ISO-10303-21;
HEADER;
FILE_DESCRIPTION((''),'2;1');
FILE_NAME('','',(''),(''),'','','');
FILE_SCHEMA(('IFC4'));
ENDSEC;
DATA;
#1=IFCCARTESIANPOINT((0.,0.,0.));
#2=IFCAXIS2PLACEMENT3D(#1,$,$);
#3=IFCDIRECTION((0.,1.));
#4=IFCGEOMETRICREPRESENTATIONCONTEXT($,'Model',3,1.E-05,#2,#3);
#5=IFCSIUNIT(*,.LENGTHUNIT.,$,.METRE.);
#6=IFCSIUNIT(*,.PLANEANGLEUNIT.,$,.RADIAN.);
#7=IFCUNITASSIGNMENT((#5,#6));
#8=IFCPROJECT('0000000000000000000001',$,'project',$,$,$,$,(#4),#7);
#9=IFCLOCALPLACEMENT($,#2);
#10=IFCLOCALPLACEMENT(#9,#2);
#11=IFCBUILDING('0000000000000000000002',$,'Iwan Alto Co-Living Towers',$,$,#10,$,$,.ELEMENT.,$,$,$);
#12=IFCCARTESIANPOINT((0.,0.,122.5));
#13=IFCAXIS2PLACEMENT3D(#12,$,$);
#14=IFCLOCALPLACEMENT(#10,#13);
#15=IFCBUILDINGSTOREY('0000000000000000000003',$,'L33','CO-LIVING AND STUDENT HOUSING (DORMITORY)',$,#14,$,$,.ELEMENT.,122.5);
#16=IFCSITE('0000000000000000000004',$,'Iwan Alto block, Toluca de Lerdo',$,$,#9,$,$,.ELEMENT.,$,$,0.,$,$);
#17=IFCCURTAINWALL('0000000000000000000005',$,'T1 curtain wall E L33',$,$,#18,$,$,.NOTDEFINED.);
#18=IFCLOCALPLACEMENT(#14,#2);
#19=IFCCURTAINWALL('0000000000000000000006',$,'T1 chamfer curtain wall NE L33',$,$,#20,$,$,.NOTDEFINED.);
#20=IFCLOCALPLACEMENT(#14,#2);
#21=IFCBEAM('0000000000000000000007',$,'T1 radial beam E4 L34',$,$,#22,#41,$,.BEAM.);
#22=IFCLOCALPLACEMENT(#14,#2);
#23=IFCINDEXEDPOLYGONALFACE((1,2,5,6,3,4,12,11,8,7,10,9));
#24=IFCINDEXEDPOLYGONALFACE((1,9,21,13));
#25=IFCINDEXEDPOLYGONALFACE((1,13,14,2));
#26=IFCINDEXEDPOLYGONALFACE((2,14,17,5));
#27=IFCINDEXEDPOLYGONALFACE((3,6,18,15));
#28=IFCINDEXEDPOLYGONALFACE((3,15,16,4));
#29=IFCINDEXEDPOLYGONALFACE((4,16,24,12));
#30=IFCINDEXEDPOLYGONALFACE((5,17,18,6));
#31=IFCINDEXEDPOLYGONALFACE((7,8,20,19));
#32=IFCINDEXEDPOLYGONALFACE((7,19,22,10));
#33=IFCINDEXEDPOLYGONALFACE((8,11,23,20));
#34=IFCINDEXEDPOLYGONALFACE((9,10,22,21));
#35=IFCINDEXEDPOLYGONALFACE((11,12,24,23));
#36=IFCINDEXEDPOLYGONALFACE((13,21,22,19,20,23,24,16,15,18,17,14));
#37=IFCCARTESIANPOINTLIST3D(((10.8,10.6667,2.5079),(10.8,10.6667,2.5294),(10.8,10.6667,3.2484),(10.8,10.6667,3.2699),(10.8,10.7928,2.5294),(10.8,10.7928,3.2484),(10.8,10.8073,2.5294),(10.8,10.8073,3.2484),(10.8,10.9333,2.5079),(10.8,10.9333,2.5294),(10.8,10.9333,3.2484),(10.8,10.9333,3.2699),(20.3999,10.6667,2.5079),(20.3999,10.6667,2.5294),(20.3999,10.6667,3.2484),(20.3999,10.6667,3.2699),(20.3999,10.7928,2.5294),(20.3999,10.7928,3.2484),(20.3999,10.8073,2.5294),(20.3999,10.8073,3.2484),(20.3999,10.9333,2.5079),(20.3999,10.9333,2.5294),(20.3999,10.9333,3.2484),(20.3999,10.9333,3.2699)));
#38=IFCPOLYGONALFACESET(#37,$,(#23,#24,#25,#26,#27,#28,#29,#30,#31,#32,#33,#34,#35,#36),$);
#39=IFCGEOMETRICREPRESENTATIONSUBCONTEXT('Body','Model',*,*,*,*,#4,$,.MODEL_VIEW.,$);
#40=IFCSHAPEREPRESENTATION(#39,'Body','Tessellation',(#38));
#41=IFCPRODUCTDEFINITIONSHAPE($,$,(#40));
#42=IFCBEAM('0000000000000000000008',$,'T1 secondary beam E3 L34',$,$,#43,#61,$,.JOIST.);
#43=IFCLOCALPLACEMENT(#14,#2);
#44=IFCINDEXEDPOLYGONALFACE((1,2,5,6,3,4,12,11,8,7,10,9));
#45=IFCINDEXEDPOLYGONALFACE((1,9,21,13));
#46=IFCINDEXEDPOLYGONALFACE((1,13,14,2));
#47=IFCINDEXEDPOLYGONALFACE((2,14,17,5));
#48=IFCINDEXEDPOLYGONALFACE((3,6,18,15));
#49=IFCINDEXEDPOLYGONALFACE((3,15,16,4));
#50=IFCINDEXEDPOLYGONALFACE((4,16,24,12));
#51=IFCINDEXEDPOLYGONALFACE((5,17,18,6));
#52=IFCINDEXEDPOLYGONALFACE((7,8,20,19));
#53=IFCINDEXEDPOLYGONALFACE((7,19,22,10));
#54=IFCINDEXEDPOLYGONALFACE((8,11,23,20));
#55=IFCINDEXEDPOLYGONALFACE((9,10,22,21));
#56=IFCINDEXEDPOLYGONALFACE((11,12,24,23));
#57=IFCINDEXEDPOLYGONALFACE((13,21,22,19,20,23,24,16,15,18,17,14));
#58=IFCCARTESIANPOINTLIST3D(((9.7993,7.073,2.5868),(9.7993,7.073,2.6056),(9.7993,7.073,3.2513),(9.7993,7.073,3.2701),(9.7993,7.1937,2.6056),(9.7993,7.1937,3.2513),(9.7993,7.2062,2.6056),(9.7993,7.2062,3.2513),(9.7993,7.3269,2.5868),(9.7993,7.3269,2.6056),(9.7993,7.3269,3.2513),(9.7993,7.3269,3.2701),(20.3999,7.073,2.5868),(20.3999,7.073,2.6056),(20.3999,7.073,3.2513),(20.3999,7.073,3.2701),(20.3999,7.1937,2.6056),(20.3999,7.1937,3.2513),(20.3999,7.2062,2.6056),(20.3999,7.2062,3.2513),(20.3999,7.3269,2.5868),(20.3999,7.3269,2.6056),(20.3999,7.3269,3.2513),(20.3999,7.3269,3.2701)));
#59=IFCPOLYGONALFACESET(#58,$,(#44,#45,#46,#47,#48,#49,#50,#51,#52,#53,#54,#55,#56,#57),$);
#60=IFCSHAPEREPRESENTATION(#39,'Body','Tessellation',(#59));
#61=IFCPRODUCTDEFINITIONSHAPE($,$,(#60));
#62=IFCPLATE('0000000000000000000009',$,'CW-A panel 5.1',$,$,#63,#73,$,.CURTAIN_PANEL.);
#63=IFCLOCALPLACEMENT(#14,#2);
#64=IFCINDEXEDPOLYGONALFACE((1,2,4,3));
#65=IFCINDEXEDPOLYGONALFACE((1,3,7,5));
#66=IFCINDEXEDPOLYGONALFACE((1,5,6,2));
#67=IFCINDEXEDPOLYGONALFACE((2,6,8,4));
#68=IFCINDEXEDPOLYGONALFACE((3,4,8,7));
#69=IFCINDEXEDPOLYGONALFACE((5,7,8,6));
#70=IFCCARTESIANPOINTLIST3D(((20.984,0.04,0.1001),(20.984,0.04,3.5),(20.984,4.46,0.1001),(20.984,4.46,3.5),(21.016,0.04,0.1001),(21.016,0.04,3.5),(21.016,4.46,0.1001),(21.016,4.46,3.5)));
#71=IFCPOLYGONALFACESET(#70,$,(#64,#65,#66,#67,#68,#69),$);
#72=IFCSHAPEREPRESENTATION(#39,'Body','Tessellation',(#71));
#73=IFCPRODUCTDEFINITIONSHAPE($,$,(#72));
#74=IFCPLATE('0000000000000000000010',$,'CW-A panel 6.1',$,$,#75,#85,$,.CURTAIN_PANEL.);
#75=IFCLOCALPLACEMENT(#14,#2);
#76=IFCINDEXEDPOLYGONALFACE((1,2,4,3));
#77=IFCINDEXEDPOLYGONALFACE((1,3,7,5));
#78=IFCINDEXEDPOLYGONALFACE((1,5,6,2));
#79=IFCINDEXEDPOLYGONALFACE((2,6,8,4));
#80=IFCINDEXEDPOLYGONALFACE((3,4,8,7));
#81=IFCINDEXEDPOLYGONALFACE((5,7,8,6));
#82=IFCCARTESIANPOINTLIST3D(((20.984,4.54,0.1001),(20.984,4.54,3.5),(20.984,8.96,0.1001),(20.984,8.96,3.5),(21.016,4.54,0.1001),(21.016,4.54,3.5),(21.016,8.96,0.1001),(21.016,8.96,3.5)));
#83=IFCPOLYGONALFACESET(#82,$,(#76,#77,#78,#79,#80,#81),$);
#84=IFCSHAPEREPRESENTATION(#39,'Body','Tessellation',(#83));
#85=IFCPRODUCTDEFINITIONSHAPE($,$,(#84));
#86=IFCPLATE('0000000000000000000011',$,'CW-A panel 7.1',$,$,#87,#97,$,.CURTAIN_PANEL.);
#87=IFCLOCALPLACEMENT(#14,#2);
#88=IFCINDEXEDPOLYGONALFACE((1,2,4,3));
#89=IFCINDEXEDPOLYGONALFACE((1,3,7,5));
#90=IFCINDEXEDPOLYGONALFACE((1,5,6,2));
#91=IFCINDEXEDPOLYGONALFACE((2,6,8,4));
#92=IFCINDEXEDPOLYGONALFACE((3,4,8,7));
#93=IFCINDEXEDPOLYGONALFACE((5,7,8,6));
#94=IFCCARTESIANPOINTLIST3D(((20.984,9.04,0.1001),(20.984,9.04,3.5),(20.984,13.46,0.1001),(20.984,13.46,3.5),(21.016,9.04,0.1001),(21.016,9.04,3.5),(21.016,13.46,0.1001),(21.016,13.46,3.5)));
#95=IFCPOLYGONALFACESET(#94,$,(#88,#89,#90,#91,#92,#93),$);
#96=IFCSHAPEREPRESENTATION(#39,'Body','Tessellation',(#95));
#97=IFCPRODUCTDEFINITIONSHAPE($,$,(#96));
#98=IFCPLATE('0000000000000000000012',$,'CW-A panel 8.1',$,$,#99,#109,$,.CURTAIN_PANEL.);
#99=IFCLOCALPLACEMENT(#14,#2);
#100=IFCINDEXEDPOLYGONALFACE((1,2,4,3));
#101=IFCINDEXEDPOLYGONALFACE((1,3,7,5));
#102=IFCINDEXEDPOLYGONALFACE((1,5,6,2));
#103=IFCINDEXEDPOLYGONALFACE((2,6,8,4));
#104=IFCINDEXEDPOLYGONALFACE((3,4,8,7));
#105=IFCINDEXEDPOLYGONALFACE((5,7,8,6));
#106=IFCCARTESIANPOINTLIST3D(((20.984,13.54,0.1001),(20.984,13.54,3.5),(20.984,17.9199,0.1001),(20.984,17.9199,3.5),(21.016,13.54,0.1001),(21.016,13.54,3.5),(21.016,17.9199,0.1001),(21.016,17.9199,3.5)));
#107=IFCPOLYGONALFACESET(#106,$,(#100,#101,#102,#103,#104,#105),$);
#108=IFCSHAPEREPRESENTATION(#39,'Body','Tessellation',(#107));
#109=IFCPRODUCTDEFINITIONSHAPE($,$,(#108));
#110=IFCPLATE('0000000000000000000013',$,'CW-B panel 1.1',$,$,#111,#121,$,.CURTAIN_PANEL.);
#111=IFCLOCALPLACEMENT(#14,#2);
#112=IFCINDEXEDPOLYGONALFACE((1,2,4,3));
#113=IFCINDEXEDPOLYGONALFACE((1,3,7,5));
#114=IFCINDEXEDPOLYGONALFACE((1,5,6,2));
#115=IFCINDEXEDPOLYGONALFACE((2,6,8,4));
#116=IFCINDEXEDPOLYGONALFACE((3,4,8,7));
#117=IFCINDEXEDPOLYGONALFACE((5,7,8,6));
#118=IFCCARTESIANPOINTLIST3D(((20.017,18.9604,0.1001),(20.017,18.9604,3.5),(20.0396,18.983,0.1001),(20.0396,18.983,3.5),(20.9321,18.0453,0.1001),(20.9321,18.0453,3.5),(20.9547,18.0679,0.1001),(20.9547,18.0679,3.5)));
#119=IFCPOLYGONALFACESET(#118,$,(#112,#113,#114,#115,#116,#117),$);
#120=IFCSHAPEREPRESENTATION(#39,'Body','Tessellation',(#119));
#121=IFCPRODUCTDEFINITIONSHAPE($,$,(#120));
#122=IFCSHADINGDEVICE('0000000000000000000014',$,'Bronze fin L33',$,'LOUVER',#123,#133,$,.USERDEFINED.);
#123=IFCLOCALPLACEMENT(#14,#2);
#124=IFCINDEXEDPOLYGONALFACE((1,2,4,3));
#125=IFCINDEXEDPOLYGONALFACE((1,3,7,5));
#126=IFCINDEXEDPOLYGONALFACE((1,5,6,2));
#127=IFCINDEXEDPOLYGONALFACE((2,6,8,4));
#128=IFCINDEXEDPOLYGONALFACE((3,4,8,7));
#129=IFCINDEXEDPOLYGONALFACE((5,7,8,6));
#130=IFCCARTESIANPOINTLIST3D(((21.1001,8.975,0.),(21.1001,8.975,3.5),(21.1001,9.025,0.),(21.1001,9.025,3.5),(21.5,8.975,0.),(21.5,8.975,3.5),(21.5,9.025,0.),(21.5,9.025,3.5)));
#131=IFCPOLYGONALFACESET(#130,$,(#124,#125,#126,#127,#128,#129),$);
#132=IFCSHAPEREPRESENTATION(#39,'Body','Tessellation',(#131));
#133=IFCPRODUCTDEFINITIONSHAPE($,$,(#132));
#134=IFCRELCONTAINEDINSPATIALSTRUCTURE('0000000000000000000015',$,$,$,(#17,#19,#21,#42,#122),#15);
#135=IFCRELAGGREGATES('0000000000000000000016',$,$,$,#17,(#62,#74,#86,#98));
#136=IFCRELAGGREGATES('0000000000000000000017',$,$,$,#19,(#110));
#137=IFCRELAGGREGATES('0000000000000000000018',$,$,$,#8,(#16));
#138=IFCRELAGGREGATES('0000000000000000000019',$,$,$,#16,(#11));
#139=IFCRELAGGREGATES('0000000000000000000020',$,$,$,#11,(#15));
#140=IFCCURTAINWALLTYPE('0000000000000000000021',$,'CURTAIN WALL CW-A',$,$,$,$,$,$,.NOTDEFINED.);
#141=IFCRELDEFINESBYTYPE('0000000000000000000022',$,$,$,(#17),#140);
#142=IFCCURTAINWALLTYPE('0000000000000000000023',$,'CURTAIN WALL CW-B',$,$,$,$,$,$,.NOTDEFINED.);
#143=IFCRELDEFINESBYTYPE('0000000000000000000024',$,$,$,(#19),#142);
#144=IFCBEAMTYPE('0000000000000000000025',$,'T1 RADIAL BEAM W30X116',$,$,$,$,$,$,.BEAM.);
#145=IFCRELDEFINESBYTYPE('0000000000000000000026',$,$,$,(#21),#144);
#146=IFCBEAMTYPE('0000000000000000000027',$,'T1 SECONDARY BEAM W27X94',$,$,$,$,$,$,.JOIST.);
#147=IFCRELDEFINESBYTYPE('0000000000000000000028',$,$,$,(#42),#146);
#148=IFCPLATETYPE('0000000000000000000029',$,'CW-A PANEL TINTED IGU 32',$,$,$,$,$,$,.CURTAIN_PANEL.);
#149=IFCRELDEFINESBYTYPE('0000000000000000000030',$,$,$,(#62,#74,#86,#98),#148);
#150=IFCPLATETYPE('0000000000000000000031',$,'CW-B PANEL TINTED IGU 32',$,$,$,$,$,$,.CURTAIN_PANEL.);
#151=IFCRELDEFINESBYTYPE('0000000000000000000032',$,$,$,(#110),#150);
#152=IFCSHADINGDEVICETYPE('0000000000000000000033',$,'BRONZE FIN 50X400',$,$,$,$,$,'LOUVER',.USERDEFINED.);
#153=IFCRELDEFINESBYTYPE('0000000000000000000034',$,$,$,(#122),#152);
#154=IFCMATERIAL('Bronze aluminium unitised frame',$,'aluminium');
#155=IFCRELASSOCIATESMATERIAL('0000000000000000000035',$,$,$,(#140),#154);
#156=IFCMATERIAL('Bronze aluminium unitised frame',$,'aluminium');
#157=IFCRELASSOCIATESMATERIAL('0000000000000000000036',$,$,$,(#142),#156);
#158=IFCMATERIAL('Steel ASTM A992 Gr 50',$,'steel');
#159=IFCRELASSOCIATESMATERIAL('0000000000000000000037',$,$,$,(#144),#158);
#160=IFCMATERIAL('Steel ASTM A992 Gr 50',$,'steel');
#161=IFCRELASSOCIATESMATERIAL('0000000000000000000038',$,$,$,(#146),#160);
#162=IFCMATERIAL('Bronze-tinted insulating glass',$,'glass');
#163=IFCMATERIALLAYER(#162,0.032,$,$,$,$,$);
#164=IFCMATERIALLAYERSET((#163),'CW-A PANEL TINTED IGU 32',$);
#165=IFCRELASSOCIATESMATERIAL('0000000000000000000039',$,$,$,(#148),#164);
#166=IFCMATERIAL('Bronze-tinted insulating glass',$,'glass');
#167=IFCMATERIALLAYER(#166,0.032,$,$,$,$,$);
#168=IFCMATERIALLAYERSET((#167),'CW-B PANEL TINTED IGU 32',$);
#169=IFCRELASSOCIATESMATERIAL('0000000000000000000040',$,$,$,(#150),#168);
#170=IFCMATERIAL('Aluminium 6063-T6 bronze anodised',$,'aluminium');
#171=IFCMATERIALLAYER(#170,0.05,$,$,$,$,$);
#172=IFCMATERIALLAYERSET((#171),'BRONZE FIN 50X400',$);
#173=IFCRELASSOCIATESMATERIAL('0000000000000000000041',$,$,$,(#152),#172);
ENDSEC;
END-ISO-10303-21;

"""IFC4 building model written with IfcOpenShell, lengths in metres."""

from ifc_helpers import new_model, si_unit, direction, frame, origin, origin_2d, place, context, subcontext, project, spatial, rectangle, i_section, extrude, material, layer, layer_set, material_profile, profile_set, type_object, element, aggregate, save


model = new_model("IFC4")

# Units and contexts
model_context = context("Model", 3, precision=1e-05, world=origin(), true_north=direction((0.0, 1.0)))
body_context = subcontext(model_context, "Body", "Model", "MODEL_VIEW")
ifc_project = project(units=[si_unit("LENGTHUNIT", "METRE"), si_unit("PLANEANGLEUNIT", "RADIAN")], contexts=[model_context])

# Site, building, storey
site_placement = place(None, origin())
site = spatial("IfcSite", under=ifc_project, at=site_placement, Name="Iwan Alto block, Toluca de Lerdo", CompositionType="ELEMENT", RefElevation=0.0)
building_placement = place(site_placement, origin())
building = spatial("IfcBuilding", under=site, at=building_placement, Name="Iwan Alto Co-Living Towers", CompositionType="ELEMENT")
storey_placement = place(building_placement, frame((0.0, 0.0, 122.5)))
storey = spatial("IfcBuildingStorey", under=building, at=storey_placement, Name="L33", Description="CO-LIVING AND STUDENT HOUSING (DORMITORY)", CompositionType="ELEMENT", Elevation=122.5)

# Curtain walls
ifc_material_1 = material(Name="Bronze aluminium unitised frame", Category="aluminium")
curtain_wall_type_1 = type_object("IfcCurtainWallType", Name="CURTAIN WALL CW-A", PredefinedType="NOTDEFINED", material=ifc_material_1)
curtain_wall_1_placement = place(storey_placement, origin())
curtain_wall_1 = element("IfcCurtainWall", 1, at=curtain_wall_1_placement, inside=storey, type_object=curtain_wall_type_1, Name="T1 curtain wall E L33", PredefinedType="NOTDEFINED")
ifc_material_2 = material(Name="Bronze aluminium unitised frame", Category="aluminium")
curtain_wall_type_2 = type_object("IfcCurtainWallType", Name="CURTAIN WALL CW-B", PredefinedType="NOTDEFINED", material=ifc_material_2)
curtain_wall_2_placement = place(storey_placement, origin())
curtain_wall_2 = element("IfcCurtainWall", 2, at=curtain_wall_2_placement, inside=storey, type_object=curtain_wall_type_2, Name="T1 chamfer curtain wall NE L33", PredefinedType="NOTDEFINED")

# Beams
ifc_material_3 = material(Name="Steel ASTM A992 Gr 50", Category="steel")
ifc_material_profile_1 = material_profile(ifc_material_3, i_section(OverallWidth=0.2666, OverallDepth=0.762, WebThickness=0.0144, FlangeThickness=0.0215, at=origin_2d()), Name="W30X116")
ifc_profile_set_1 = profile_set([ifc_material_profile_1], Name="Steel ASTM A992 Gr 50")
beam_type_1 = type_object("IfcBeamType", Name="T1 RADIAL BEAM W30X116", PredefinedType="BEAM", material=ifc_profile_set_1)
beam_1_placement = place(storey_placement, frame((20.3999, 10.8, 2.8889), z_axis=(-1.0, 0.0, 0.0), x_axis=(0.0, -1.0, 0.0)))
element("IfcBeam", 3, at=beam_1_placement, inside=storey, type_object=beam_type_1, Name="T1 radial beam E4 L34", PredefinedType="BEAM", context=body_context, shape_type="SweptSolid", body=[
    extrude(i_section(OverallWidth=0.2666, OverallDepth=0.762, WebThickness=0.0144, FlangeThickness=0.0215, at=origin_2d()), origin(), (0.0, 0.0, 1.0), 9.5999),
])
ifc_material_4 = material(Name="Steel ASTM A992 Gr 50", Category="steel")
ifc_material_profile_2 = material_profile(ifc_material_4, i_section(OverallWidth=0.2539, OverallDepth=0.6833, WebThickness=0.0125, FlangeThickness=0.0188, at=origin_2d()), Name="W27X94")
ifc_profile_set_2 = profile_set([ifc_material_profile_2], Name="Steel ASTM A992 Gr 50")
beam_type_2 = type_object("IfcBeamType", Name="T1 SECONDARY BEAM W27X94", PredefinedType="JOIST", material=ifc_profile_set_2)
beam_2_placement = place(storey_placement, frame((20.3999, 7.2, 2.9285), z_axis=(-1.0, 0.0, 0.0), x_axis=(0.0, -1.0, 0.0)))
element("IfcBeam", 4, at=beam_2_placement, inside=storey, type_object=beam_type_2, Name="T1 secondary beam E3 L34", PredefinedType="JOIST", context=body_context, shape_type="SweptSolid", body=[
    extrude(i_section(OverallWidth=0.2539, OverallDepth=0.6833, WebThickness=0.0125, FlangeThickness=0.0188, at=origin_2d()), origin(), (0.0, 0.0, 1.0), 10.6006),
])

# Plates
ifc_material_5 = material(Name="Bronze-tinted insulating glass", Category="glass")
ifc_layer_1 = layer(ifc_material_5, 0.032)
ifc_layer_set_1 = layer_set([ifc_layer_1], Name="CW-A PANEL TINTED IGU 32")
plate_type_1 = type_object("IfcPlateType", Name="CW-A PANEL TINTED IGU 32", PredefinedType="CURTAIN_PANEL", material=ifc_layer_set_1)
plate_1_placement = place(storey_placement, frame((21.0, 2.25, 0.1001), z_axis=(0.0, 0.0, 1.0), x_axis=(0.0, 1.0, 0.0)))
plate_1 = element("IfcPlate", 5, at=plate_1_placement, type_object=plate_type_1, Name="CW-A panel 5.1", PredefinedType="CURTAIN_PANEL", context=body_context, shape_type="SweptSolid", body=[
    extrude(rectangle(XDim=4.4199, YDim=0.032, at=origin_2d()), origin(), (0.0, 0.0, 1.0), 3.3999),
])
plate_2_placement = place(storey_placement, frame((21.0, 6.75, 0.1001), z_axis=(0.0, 0.0, 1.0), x_axis=(0.0, 1.0, 0.0)))
plate_2 = element("IfcPlate", 6, at=plate_2_placement, type_object=plate_type_1, Name="CW-A panel 6.1", PredefinedType="CURTAIN_PANEL", context=body_context, shape_type="SweptSolid", body=[
    extrude(rectangle(XDim=4.4199, YDim=0.032, at=origin_2d()), origin(), (0.0, 0.0, 1.0), 3.3999),
])
plate_3_placement = place(storey_placement, frame((21.0, 11.25, 0.1001), z_axis=(0.0, 0.0, 1.0), x_axis=(0.0, 1.0, 0.0)))
plate_3 = element("IfcPlate", 7, at=plate_3_placement, type_object=plate_type_1, Name="CW-A panel 7.1", PredefinedType="CURTAIN_PANEL", context=body_context, shape_type="SweptSolid", body=[
    extrude(rectangle(XDim=4.4199, YDim=0.032, at=origin_2d()), origin(), (0.0, 0.0, 1.0), 3.3999),
])
plate_4_placement = place(storey_placement, frame((21.0, 15.73, 0.1001), z_axis=(0.0, 0.0, 1.0), x_axis=(0.0, 1.0, 0.0)))
plate_4 = element("IfcPlate", 8, at=plate_4_placement, type_object=plate_type_1, Name="CW-A panel 8.1", PredefinedType="CURTAIN_PANEL", context=body_context, shape_type="SweptSolid", body=[
    extrude(rectangle(XDim=4.3799, YDim=0.032, at=origin_2d()), origin(), (0.0, 0.0, 1.0), 3.3999),
])
aggregate(curtain_wall_1, [plate_1, plate_2, plate_3, plate_4])
ifc_material_6 = material(Name="Bronze-tinted insulating glass", Category="glass")
ifc_layer_2 = layer(ifc_material_6, 0.032)
ifc_layer_set_2 = layer_set([ifc_layer_2], Name="CW-B PANEL TINTED IGU 32")
plate_type_2 = type_object("IfcPlateType", Name="CW-B PANEL TINTED IGU 32", PredefinedType="CURTAIN_PANEL", material=ifc_layer_set_2)
plate_5_placement = place(storey_placement, frame((20.4858, 18.5142, 0.1001), z_axis=(0.0, 0.0, 1.0), x_axis=(-0.707107, 0.707107, 0.0)))
plate_5 = element("IfcPlate", 9, at=plate_5_placement, type_object=plate_type_2, Name="CW-B panel 1.1", PredefinedType="CURTAIN_PANEL", context=body_context, shape_type="SweptSolid", body=[
    extrude(rectangle(XDim=1.2942, YDim=0.032, at=origin_2d()), origin(), (0.0, 0.0, 1.0), 3.3999),
])
aggregate(curtain_wall_2, [plate_5])

# Shading device
ifc_material_7 = material(Name="Aluminium 6063-T6 bronze anodised", Category="aluminium")
ifc_layer_3 = layer(ifc_material_7, 0.05)
ifc_layer_set_3 = layer_set([ifc_layer_3], Name="BRONZE FIN 50X400")
shading_device_type = type_object("IfcShadingDeviceType", Name="BRONZE FIN 50X400", ElementType="LOUVER", PredefinedType="USERDEFINED", material=ifc_layer_set_3)
shading_device_placement = place(storey_placement, frame((21.3, 9.0, 0.0), z_axis=(0.0, 0.0, 1.0), x_axis=(0.0, 1.0, 0.0)))
element("IfcShadingDevice", 10, at=shading_device_placement, inside=storey, type_object=shading_device_type, Name="Bronze fin L33", ObjectType="LOUVER", PredefinedType="USERDEFINED", context=body_context, shape_type="SweptSolid", body=[
    extrude(rectangle(XDim=0.05, YDim=0.3999, at=origin_2d()), origin(), (0.0, 0.0, 1.0), 3.5),
])

save(model, "model.ifc")
